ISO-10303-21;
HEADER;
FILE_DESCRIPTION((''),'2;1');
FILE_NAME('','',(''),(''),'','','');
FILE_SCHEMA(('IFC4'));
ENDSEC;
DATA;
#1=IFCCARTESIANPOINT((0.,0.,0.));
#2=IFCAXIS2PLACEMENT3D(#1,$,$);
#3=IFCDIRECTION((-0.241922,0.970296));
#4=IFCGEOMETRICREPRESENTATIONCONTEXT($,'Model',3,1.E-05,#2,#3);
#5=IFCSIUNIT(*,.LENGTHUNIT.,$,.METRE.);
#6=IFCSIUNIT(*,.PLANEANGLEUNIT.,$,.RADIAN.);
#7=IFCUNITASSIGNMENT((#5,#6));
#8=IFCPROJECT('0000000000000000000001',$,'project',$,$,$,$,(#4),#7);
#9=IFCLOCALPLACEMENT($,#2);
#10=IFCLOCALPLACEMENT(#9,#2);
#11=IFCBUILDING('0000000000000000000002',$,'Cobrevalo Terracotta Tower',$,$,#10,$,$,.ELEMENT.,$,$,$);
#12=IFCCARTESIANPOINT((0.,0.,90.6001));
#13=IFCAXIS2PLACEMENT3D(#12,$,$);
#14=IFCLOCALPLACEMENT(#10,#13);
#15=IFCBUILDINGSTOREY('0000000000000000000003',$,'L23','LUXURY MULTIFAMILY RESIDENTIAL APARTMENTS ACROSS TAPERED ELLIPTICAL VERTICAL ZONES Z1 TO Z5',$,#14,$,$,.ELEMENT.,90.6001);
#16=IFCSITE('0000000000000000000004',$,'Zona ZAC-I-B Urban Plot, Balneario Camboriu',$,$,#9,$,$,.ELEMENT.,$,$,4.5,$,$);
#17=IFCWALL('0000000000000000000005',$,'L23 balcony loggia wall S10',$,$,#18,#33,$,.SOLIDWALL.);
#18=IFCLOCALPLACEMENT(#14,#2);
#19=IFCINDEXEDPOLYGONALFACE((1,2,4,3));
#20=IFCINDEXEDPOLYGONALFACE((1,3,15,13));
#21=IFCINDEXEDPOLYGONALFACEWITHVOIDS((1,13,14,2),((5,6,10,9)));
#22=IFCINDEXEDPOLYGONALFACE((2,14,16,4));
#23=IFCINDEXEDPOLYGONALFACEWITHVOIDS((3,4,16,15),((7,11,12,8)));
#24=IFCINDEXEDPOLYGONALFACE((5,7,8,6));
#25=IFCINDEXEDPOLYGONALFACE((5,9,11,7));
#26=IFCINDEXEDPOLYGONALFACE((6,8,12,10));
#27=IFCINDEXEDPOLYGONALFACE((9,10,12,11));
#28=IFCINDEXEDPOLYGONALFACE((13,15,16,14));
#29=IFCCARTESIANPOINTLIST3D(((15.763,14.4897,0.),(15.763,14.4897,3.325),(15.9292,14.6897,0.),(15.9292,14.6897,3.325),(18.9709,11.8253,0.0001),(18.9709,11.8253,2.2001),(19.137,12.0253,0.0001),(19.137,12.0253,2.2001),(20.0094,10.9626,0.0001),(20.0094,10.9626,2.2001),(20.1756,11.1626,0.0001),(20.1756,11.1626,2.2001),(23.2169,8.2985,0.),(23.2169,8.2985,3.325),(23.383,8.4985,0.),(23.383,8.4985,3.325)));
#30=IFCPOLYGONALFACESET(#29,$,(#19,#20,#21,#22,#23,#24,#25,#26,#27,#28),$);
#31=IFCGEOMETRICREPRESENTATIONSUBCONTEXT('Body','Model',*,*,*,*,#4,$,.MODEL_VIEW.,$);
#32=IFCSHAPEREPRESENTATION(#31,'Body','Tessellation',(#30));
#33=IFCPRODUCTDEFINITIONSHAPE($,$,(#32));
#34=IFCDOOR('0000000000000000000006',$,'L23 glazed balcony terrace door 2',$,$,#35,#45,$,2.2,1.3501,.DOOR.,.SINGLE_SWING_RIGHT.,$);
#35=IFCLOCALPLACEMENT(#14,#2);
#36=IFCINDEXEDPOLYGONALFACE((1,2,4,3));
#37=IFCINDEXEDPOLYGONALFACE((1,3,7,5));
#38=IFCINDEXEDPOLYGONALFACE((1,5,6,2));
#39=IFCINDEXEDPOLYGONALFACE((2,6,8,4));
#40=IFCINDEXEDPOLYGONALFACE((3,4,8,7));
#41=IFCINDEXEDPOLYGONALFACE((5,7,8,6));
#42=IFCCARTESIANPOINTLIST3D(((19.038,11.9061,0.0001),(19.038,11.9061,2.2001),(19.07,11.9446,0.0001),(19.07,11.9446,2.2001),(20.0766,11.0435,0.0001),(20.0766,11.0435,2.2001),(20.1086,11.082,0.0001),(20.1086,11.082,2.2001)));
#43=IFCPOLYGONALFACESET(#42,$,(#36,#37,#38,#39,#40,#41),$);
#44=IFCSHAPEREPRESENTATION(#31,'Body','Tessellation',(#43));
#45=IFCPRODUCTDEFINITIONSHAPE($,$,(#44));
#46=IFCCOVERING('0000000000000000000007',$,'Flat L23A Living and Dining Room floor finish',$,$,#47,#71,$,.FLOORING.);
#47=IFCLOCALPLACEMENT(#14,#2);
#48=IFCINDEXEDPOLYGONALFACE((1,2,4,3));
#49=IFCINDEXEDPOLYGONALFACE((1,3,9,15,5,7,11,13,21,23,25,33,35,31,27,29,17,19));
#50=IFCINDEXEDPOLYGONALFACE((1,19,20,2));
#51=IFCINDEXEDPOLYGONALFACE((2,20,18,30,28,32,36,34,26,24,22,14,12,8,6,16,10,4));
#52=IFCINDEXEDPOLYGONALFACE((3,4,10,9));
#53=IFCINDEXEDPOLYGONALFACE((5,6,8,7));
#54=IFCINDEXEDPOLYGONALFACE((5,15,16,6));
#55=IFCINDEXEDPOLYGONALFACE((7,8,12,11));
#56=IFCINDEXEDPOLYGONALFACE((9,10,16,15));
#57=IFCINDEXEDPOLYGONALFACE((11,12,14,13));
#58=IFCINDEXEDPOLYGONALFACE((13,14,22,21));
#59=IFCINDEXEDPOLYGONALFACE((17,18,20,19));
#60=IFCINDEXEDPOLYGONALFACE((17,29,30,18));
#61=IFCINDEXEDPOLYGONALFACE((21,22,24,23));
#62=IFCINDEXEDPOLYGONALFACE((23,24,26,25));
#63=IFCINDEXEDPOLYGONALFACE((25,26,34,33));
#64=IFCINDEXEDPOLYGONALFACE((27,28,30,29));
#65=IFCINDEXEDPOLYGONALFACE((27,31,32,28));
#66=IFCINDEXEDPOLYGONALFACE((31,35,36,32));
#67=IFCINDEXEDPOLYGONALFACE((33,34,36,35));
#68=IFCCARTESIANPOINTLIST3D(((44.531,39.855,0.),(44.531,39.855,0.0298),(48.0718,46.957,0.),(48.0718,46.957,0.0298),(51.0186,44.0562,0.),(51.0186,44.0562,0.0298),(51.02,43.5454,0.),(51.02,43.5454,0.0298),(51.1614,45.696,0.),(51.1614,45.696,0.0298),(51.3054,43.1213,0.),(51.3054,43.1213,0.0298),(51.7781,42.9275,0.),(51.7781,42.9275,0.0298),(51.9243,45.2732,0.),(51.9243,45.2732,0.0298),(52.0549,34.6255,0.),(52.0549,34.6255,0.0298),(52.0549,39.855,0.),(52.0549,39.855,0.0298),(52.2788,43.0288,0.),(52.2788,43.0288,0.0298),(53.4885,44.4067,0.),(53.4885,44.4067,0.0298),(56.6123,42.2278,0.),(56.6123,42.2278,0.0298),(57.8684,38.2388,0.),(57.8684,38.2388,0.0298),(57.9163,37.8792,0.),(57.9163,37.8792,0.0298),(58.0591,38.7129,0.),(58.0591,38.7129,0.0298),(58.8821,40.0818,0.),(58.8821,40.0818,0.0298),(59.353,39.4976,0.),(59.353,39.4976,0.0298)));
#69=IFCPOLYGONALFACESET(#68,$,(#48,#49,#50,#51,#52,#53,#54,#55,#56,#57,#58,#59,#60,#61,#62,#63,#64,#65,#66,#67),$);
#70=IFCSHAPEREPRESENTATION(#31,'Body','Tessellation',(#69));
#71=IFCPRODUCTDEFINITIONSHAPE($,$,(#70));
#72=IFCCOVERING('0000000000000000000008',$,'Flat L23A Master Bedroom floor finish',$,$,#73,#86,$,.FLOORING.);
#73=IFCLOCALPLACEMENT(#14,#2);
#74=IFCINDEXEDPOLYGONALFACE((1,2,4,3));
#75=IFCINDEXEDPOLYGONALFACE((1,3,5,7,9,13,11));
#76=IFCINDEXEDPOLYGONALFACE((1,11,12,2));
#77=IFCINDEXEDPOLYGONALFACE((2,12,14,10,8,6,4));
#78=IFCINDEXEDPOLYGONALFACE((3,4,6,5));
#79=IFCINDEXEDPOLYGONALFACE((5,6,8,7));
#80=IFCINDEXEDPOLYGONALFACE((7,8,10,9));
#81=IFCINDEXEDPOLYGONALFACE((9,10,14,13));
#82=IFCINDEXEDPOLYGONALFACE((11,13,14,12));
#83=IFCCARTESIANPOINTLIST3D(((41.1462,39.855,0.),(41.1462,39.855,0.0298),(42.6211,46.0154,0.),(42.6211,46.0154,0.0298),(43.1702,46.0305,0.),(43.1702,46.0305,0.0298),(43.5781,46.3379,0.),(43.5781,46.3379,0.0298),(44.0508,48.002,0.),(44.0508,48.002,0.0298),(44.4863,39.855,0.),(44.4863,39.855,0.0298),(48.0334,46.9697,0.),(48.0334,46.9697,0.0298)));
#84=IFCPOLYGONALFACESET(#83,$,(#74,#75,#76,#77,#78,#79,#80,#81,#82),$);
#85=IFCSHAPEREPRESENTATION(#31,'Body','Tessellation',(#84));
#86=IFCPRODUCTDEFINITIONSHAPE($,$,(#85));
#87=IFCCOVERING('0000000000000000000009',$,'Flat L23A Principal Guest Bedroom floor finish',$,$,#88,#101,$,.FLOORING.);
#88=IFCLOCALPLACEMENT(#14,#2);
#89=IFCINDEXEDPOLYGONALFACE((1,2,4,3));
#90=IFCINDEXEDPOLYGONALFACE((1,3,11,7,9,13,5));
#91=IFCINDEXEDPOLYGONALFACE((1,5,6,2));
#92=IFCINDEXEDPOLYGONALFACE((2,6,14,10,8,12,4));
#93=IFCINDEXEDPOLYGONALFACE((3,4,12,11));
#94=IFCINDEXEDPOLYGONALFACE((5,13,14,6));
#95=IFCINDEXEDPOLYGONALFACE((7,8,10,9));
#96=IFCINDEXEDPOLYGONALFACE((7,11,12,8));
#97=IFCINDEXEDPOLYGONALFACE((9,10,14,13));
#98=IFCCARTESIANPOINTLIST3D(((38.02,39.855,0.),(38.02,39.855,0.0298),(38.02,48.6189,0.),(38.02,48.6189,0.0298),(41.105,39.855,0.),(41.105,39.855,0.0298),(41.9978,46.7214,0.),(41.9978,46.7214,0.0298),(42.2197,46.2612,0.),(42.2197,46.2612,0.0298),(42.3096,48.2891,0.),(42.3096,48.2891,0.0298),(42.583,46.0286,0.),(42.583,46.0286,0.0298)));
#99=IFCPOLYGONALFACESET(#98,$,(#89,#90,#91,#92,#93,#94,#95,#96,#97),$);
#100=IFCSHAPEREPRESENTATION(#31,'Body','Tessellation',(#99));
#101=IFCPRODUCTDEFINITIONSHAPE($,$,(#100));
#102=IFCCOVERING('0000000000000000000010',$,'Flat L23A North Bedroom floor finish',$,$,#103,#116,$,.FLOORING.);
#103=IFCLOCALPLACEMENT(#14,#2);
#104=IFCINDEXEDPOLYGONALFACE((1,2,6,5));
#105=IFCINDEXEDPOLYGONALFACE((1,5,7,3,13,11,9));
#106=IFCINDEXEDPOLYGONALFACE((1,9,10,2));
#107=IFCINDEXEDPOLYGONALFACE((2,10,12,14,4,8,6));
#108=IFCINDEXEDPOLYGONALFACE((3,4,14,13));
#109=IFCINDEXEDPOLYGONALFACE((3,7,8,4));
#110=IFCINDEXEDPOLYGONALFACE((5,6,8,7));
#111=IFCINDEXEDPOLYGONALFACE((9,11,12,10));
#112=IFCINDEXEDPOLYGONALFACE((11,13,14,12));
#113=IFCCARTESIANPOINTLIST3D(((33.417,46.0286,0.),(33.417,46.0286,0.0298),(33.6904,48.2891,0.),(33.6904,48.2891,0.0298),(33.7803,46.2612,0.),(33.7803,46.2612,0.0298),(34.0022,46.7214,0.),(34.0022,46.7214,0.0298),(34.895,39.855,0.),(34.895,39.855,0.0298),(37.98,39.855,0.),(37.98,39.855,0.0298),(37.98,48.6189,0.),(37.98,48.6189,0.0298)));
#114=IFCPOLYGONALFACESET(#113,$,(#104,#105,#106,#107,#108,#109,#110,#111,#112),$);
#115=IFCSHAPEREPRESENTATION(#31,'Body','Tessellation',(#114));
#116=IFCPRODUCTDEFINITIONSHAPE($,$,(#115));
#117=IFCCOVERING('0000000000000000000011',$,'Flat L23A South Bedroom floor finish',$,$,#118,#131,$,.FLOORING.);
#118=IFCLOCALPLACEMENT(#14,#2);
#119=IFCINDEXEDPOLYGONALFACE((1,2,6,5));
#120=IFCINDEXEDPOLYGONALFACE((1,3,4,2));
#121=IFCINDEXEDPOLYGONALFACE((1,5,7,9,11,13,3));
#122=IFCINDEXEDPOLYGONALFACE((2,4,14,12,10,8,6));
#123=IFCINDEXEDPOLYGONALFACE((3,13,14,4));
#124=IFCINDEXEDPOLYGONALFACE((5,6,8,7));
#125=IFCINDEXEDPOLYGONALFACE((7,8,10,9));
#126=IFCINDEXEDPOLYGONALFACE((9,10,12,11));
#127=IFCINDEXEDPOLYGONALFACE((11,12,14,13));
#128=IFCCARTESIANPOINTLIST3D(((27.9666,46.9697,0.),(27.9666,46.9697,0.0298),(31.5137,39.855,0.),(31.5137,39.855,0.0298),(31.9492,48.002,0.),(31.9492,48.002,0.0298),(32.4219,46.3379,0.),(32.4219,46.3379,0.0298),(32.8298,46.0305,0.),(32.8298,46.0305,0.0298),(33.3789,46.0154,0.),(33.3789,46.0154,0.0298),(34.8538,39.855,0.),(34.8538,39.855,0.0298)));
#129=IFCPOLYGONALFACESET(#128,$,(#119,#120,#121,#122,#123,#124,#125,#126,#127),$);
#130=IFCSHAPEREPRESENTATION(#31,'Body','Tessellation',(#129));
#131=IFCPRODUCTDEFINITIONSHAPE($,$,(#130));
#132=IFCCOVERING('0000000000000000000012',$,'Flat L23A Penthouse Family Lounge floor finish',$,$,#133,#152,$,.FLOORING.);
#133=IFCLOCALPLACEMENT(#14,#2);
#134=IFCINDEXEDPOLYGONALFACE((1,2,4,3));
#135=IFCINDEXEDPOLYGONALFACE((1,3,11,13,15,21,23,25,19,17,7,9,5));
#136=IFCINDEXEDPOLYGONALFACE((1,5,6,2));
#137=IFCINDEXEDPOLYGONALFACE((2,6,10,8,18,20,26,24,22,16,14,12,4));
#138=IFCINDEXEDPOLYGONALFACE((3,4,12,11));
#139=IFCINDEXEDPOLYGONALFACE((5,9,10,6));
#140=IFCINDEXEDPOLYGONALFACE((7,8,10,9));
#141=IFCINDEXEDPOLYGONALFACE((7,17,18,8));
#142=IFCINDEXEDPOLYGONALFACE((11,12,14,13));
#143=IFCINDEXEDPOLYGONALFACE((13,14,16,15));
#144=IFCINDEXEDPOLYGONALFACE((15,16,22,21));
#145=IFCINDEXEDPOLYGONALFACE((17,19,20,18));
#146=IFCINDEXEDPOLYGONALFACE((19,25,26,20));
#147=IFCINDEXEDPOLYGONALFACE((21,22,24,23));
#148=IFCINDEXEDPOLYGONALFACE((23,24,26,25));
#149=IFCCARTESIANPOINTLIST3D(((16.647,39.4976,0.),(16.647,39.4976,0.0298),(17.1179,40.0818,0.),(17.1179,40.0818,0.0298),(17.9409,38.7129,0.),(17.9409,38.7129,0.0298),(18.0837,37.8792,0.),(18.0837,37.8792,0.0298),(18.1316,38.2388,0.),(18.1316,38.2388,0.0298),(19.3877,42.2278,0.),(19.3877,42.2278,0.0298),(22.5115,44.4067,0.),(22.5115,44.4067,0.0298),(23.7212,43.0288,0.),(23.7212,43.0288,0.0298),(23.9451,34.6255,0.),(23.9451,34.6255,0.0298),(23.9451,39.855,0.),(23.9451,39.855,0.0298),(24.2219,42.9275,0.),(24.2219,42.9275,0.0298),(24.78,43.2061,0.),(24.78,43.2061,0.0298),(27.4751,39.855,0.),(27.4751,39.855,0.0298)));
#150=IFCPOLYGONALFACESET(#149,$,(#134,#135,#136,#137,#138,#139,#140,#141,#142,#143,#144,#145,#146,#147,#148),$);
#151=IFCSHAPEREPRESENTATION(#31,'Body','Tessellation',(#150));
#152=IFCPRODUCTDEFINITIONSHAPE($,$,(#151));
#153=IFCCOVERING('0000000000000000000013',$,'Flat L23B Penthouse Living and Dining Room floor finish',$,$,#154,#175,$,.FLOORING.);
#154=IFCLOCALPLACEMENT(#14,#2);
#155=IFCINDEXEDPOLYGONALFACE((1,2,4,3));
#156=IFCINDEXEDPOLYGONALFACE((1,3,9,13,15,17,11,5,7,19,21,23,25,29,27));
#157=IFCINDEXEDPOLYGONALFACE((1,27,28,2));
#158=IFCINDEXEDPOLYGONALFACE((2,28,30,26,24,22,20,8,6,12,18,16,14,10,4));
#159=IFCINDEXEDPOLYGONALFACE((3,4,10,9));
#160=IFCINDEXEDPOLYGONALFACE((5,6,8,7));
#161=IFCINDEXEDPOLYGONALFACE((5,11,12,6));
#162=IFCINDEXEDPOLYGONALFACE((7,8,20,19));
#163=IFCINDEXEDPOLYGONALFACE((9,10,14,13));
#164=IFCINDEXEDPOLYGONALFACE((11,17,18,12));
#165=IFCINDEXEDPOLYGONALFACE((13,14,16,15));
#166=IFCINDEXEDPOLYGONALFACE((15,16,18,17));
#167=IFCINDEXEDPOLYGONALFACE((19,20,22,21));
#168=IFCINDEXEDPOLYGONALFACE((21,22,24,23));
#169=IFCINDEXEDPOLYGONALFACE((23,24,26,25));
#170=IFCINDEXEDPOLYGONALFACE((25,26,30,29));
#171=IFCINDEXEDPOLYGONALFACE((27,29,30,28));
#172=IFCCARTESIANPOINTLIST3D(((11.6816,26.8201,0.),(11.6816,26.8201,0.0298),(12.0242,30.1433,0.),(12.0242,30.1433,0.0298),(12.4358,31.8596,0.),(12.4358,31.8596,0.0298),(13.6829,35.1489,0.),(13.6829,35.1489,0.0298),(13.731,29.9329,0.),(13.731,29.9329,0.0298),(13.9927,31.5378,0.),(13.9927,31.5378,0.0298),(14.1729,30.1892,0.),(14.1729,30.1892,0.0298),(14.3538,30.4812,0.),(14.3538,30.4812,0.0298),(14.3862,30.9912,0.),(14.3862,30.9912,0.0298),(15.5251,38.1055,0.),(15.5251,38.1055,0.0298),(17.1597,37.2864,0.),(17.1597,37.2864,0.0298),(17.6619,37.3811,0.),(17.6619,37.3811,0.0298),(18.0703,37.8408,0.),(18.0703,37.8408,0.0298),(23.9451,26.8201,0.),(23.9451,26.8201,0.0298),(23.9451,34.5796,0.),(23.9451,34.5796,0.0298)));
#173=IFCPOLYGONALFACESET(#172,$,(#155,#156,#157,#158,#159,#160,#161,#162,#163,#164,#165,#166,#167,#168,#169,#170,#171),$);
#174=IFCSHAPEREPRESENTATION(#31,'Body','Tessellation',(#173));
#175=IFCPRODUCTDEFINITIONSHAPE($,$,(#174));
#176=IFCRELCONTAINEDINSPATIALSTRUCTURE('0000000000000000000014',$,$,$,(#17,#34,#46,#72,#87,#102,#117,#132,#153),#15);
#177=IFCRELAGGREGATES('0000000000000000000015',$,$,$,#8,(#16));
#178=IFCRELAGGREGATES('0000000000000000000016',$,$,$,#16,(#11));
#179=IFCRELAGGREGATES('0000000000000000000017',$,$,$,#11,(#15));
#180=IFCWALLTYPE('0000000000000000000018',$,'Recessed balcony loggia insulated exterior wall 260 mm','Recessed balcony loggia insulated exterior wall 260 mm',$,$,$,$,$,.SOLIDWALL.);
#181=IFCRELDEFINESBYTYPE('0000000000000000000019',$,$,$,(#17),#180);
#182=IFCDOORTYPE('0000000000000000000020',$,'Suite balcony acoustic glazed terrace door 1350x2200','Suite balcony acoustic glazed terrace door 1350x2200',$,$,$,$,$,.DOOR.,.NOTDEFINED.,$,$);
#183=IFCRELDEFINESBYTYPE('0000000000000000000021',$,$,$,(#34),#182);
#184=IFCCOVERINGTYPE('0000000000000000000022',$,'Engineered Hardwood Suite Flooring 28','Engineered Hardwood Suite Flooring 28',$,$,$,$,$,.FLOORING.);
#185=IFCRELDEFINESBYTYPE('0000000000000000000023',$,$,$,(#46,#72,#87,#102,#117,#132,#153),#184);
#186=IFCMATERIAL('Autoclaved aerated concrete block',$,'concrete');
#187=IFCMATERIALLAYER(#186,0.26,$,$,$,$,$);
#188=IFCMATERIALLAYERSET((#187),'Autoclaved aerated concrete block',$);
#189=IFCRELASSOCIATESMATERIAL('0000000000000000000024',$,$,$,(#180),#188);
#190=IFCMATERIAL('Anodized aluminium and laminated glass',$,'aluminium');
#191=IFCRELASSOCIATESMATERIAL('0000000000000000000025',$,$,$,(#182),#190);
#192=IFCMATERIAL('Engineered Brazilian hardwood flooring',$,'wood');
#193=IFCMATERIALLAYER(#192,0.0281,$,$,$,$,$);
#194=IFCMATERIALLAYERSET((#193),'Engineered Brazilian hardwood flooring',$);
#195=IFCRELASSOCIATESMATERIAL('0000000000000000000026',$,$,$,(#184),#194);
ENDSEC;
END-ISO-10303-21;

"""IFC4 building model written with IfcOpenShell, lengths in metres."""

from ifc_helpers import new_model, si_unit, direction, frame, frame_2d, origin, place, context, subcontext, project, spatial, polyline, rectangle, outline, extrude, source, transform, mapped, material, layer, layer_set, type_object, element, fill, save


model = new_model("IFC4")

# Units and contexts
model_context = context("Model", 3, precision=1e-05, world=origin(), true_north=direction((-0.241922, 0.970296)))
body_context = subcontext(model_context, "Body", "Model", "MODEL_VIEW")
ifc_project = project(units=[si_unit("LENGTHUNIT", "METRE"), si_unit("PLANEANGLEUNIT", "RADIAN")], contexts=[model_context])

# Site, building, storey
site_placement = place(None, origin())
site = spatial("IfcSite", under=ifc_project, at=site_placement, Name="Zona ZAC-I-B Urban Plot, Balneario Camboriu", CompositionType="ELEMENT", RefElevation=4.5)
building_placement = place(site_placement, origin())
building = spatial("IfcBuilding", under=site, at=building_placement, Name="Cobrevalo Terracotta Tower", CompositionType="ELEMENT")
storey_placement = place(building_placement, frame((0.0, 0.0, 90.6001)))
storey = spatial("IfcBuildingStorey", under=building, at=storey_placement, Name="L23", Description="LUXURY MULTIFAMILY RESIDENTIAL APARTMENTS ACROSS TAPERED ELLIPTICAL VERTICAL ZONES Z1 TO Z5", CompositionType="ELEMENT", Elevation=90.6001)

# Wall, opening, door
ifc_material_1 = material(Name="Autoclaved aerated concrete block", Category="concrete")
ifc_layer_1 = layer(ifc_material_1, 0.26)
ifc_layer_set_1 = layer_set([ifc_layer_1], Name="Autoclaved aerated concrete block")
wall_type = type_object("IfcWallType", Name="Recessed balcony loggia insulated exterior wall 260 mm", Description="Recessed balcony loggia insulated exterior wall 260 mm", PredefinedType="SOLIDWALL", material=ifc_layer_set_1)
wall_placement = place(storey_placement, frame((15.8462, 14.5896, 0.0), z_axis=(0.0, 0.0, 1.0), x_axis=(0.769255, -0.638942, 0.0)))
wall = element("IfcWall", 1, at=wall_placement, inside=storey, type_object=wall_type, Name="L23 balcony loggia wall S10", PredefinedType="SOLIDWALL", context=body_context, shape_type="SweptSolid", body=[
    extrude(rectangle(XDim=9.6897, YDim=0.26, at=frame_2d((4.8447, 0.0))), origin(), (0.0, 0.0, 1.0), 3.325),
])
opening_placement = place(wall_placement, frame((4.1699, 0.0, 0.0)))
opening = element("IfcOpeningElement", 2, at=opening_placement, cuts=wall, PredefinedType="OPENING", context=body_context, shape_type="SweptSolid", body=[
    extrude(rectangle(XDim=1.3501, YDim=2.2, at=frame_2d((0.675, 1.1001))), frame((0.0, 0.1401, 0.0), z_axis=(0.0, -1.0, 0.0), x_axis=(1.0, 0.0, 0.0)), (0.0, 0.0, 1.0), 0.28),
])
ifc_material_2 = material(Name="Anodized aluminium and laminated glass", Category="aluminium")
door_type = type_object("IfcDoorType", Name="Suite balcony acoustic glazed terrace door 1350x2200", Description="Suite balcony acoustic glazed terrace door 1350x2200", OperationType="NOTDEFINED", PredefinedType="DOOR", material=ifc_material_2)
shared_shape_1 = source(origin(), body_context, "Body", "SweptSolid", [
    extrude(rectangle(XDim=1.3501, YDim=2.2, at=frame_2d((0.675, 1.1001))), frame((0.0, 0.0249, 0.0), z_axis=(0.0, -1.0, 0.0), x_axis=(1.0, 0.0, 0.0)), (0.0, 0.0, 1.0), 0.05),
])
door_placement = place(opening_placement, frame((1.3501, 0.0, 0.0), z_axis=(0.0, 0.0, 1.0), x_axis=(-1.0, 0.0, 0.0)))
door = element("IfcDoor", 3, at=door_placement, inside=storey, type_object=door_type, Name="L23 glazed balcony terrace door 2", OperationType="SINGLE_SWING_RIGHT", OverallHeight=2.2, OverallWidth=1.3501, PredefinedType="DOOR", context=body_context, shape_type="MappedRepresentation", body=[
    mapped(shared_shape_1, transform((0.0, 0.0, 0.0), scale=1.0)),
])
fill(opening, door)

# Coverings
ifc_material_3 = material(Name="Engineered Brazilian hardwood flooring", Category="wood")
ifc_layer_2 = layer(ifc_material_3, 0.0281)
ifc_layer_set_2 = layer_set([ifc_layer_2], Name="Engineered Brazilian hardwood flooring")
covering_type_1 = type_object("IfcCoveringType", Name="Engineered Hardwood Suite Flooring 28", Description="Engineered Hardwood Suite Flooring 28", PredefinedType="FLOORING", material=ifc_layer_set_2)
covering_1_placement = place(storey_placement, origin())
element("IfcCovering", 4, at=covering_1_placement, inside=storey, type_object=covering_type_1, Name="Flat L23A Living and Dining Room floor finish", PredefinedType="FLOORING", context=body_context, shape_type="SweptSolid", body=[
    extrude(outline(polyline([(51.1614, 45.696), (51.9243, 45.2732), (51.0186, 44.0562), (51.02, 43.5454), (51.3054, 43.1213), (51.7781, 42.9275), (52.2788, 43.0288), (53.4885, 44.4067), (56.6123, 42.2278), (58.8821, 40.0818), (59.353, 39.4976), (58.0591, 38.7129), (57.8684, 38.2388), (57.9163, 37.8792), (52.0549, 34.6255), (52.0549, 39.855), (44.531, 39.855), (48.0718, 46.957), (51.1614, 45.696)])), origin(), (0.0, 0.0, 1.0), 0.0298),
])
covering_2_placement = place(storey_placement, origin())
element("IfcCovering", 5, at=covering_2_placement, inside=storey, type_object=covering_type_1, Name="Flat L23A Master Bedroom floor finish", PredefinedType="FLOORING", context=body_context, shape_type="SweptSolid", body=[
    extrude(outline(polyline([(48.0334, 46.9697), (44.4863, 39.855), (41.1462, 39.855), (42.6211, 46.0154), (43.1702, 46.0305), (43.5781, 46.3379), (44.0508, 48.002), (48.0334, 46.9697)])), origin(), (0.0, 0.0, 1.0), 0.0298),
])
covering_3_placement = place(storey_placement, origin())
element("IfcCovering", 6, at=covering_3_placement, inside=storey, type_object=covering_type_1, Name="Flat L23A Principal Guest Bedroom floor finish", PredefinedType="FLOORING", context=body_context, shape_type="SweptSolid", body=[
    extrude(outline(polyline([(42.3096, 48.2891), (41.9978, 46.7214), (42.2197, 46.2612), (42.583, 46.0286), (41.105, 39.855), (38.02, 39.855), (38.02, 48.6189), (42.3096, 48.2891)])), origin(), (0.0, 0.0, 1.0), 0.0298),
])
covering_4_placement = place(storey_placement, origin())
element("IfcCovering", 7, at=covering_4_placement, inside=storey, type_object=covering_type_1, Name="Flat L23A North Bedroom floor finish", PredefinedType="FLOORING", context=body_context, shape_type="SweptSolid", body=[
    extrude(outline(polyline([(37.98, 48.6189), (37.98, 39.855), (34.895, 39.855), (33.417, 46.0286), (33.7803, 46.2612), (34.0022, 46.7214), (33.6904, 48.2891), (37.98, 48.6189)])), origin(), (0.0, 0.0, 1.0), 0.0298),
])
covering_5_placement = place(storey_placement, origin())
element("IfcCovering", 8, at=covering_5_placement, inside=storey, type_object=covering_type_1, Name="Flat L23A South Bedroom floor finish", PredefinedType="FLOORING", context=body_context, shape_type="SweptSolid", body=[
    extrude(outline(polyline([(31.9492, 48.002), (32.4219, 46.3379), (32.8298, 46.0305), (33.3789, 46.0154), (34.8538, 39.855), (31.5137, 39.855), (27.9666, 46.9697), (31.9492, 48.002)])), origin(), (0.0, 0.0, 1.0), 0.0298),
])
covering_6_placement = place(storey_placement, origin())
element("IfcCovering", 9, at=covering_6_placement, inside=storey, type_object=covering_type_1, Name="Flat L23A Penthouse Family Lounge floor finish", PredefinedType="FLOORING", context=body_context, shape_type="SweptSolid", body=[
    extrude(outline(polyline([(22.5115, 44.4067), (23.7212, 43.0288), (24.2219, 42.9275), (24.78, 43.2061), (27.4751, 39.855), (23.9451, 39.855), (23.9451, 34.6255), (18.0837, 37.8792), (18.1316, 38.2388), (17.9409, 38.7129), (16.647, 39.4976), (17.1179, 40.0818), (19.3877, 42.2278), (22.5115, 44.4067)])), origin(), (0.0, 0.0, 1.0), 0.0298),
])
covering_7_placement = place(storey_placement, origin())
element("IfcCovering", 10, at=covering_7_placement, inside=storey, type_object=covering_type_1, Name="Flat L23B Penthouse Living and Dining Room floor finish", PredefinedType="FLOORING", context=body_context, shape_type="SweptSolid", body=[
    extrude(outline(polyline([(12.0242, 30.1433), (13.731, 29.9329), (14.1729, 30.1892), (14.3538, 30.4812), (14.3862, 30.9912), (13.9927, 31.5378), (12.4358, 31.8596), (13.6829, 35.1489), (15.5251, 38.1055), (17.1597, 37.2864), (17.6619, 37.3811), (18.0703, 37.8408), (23.9451, 34.5796), (23.9451, 26.8201), (11.6816, 26.8201), (12.0242, 30.1433)])), origin(), (0.0, 0.0, 1.0), 0.0298),
])

save(model, "model.ifc")
